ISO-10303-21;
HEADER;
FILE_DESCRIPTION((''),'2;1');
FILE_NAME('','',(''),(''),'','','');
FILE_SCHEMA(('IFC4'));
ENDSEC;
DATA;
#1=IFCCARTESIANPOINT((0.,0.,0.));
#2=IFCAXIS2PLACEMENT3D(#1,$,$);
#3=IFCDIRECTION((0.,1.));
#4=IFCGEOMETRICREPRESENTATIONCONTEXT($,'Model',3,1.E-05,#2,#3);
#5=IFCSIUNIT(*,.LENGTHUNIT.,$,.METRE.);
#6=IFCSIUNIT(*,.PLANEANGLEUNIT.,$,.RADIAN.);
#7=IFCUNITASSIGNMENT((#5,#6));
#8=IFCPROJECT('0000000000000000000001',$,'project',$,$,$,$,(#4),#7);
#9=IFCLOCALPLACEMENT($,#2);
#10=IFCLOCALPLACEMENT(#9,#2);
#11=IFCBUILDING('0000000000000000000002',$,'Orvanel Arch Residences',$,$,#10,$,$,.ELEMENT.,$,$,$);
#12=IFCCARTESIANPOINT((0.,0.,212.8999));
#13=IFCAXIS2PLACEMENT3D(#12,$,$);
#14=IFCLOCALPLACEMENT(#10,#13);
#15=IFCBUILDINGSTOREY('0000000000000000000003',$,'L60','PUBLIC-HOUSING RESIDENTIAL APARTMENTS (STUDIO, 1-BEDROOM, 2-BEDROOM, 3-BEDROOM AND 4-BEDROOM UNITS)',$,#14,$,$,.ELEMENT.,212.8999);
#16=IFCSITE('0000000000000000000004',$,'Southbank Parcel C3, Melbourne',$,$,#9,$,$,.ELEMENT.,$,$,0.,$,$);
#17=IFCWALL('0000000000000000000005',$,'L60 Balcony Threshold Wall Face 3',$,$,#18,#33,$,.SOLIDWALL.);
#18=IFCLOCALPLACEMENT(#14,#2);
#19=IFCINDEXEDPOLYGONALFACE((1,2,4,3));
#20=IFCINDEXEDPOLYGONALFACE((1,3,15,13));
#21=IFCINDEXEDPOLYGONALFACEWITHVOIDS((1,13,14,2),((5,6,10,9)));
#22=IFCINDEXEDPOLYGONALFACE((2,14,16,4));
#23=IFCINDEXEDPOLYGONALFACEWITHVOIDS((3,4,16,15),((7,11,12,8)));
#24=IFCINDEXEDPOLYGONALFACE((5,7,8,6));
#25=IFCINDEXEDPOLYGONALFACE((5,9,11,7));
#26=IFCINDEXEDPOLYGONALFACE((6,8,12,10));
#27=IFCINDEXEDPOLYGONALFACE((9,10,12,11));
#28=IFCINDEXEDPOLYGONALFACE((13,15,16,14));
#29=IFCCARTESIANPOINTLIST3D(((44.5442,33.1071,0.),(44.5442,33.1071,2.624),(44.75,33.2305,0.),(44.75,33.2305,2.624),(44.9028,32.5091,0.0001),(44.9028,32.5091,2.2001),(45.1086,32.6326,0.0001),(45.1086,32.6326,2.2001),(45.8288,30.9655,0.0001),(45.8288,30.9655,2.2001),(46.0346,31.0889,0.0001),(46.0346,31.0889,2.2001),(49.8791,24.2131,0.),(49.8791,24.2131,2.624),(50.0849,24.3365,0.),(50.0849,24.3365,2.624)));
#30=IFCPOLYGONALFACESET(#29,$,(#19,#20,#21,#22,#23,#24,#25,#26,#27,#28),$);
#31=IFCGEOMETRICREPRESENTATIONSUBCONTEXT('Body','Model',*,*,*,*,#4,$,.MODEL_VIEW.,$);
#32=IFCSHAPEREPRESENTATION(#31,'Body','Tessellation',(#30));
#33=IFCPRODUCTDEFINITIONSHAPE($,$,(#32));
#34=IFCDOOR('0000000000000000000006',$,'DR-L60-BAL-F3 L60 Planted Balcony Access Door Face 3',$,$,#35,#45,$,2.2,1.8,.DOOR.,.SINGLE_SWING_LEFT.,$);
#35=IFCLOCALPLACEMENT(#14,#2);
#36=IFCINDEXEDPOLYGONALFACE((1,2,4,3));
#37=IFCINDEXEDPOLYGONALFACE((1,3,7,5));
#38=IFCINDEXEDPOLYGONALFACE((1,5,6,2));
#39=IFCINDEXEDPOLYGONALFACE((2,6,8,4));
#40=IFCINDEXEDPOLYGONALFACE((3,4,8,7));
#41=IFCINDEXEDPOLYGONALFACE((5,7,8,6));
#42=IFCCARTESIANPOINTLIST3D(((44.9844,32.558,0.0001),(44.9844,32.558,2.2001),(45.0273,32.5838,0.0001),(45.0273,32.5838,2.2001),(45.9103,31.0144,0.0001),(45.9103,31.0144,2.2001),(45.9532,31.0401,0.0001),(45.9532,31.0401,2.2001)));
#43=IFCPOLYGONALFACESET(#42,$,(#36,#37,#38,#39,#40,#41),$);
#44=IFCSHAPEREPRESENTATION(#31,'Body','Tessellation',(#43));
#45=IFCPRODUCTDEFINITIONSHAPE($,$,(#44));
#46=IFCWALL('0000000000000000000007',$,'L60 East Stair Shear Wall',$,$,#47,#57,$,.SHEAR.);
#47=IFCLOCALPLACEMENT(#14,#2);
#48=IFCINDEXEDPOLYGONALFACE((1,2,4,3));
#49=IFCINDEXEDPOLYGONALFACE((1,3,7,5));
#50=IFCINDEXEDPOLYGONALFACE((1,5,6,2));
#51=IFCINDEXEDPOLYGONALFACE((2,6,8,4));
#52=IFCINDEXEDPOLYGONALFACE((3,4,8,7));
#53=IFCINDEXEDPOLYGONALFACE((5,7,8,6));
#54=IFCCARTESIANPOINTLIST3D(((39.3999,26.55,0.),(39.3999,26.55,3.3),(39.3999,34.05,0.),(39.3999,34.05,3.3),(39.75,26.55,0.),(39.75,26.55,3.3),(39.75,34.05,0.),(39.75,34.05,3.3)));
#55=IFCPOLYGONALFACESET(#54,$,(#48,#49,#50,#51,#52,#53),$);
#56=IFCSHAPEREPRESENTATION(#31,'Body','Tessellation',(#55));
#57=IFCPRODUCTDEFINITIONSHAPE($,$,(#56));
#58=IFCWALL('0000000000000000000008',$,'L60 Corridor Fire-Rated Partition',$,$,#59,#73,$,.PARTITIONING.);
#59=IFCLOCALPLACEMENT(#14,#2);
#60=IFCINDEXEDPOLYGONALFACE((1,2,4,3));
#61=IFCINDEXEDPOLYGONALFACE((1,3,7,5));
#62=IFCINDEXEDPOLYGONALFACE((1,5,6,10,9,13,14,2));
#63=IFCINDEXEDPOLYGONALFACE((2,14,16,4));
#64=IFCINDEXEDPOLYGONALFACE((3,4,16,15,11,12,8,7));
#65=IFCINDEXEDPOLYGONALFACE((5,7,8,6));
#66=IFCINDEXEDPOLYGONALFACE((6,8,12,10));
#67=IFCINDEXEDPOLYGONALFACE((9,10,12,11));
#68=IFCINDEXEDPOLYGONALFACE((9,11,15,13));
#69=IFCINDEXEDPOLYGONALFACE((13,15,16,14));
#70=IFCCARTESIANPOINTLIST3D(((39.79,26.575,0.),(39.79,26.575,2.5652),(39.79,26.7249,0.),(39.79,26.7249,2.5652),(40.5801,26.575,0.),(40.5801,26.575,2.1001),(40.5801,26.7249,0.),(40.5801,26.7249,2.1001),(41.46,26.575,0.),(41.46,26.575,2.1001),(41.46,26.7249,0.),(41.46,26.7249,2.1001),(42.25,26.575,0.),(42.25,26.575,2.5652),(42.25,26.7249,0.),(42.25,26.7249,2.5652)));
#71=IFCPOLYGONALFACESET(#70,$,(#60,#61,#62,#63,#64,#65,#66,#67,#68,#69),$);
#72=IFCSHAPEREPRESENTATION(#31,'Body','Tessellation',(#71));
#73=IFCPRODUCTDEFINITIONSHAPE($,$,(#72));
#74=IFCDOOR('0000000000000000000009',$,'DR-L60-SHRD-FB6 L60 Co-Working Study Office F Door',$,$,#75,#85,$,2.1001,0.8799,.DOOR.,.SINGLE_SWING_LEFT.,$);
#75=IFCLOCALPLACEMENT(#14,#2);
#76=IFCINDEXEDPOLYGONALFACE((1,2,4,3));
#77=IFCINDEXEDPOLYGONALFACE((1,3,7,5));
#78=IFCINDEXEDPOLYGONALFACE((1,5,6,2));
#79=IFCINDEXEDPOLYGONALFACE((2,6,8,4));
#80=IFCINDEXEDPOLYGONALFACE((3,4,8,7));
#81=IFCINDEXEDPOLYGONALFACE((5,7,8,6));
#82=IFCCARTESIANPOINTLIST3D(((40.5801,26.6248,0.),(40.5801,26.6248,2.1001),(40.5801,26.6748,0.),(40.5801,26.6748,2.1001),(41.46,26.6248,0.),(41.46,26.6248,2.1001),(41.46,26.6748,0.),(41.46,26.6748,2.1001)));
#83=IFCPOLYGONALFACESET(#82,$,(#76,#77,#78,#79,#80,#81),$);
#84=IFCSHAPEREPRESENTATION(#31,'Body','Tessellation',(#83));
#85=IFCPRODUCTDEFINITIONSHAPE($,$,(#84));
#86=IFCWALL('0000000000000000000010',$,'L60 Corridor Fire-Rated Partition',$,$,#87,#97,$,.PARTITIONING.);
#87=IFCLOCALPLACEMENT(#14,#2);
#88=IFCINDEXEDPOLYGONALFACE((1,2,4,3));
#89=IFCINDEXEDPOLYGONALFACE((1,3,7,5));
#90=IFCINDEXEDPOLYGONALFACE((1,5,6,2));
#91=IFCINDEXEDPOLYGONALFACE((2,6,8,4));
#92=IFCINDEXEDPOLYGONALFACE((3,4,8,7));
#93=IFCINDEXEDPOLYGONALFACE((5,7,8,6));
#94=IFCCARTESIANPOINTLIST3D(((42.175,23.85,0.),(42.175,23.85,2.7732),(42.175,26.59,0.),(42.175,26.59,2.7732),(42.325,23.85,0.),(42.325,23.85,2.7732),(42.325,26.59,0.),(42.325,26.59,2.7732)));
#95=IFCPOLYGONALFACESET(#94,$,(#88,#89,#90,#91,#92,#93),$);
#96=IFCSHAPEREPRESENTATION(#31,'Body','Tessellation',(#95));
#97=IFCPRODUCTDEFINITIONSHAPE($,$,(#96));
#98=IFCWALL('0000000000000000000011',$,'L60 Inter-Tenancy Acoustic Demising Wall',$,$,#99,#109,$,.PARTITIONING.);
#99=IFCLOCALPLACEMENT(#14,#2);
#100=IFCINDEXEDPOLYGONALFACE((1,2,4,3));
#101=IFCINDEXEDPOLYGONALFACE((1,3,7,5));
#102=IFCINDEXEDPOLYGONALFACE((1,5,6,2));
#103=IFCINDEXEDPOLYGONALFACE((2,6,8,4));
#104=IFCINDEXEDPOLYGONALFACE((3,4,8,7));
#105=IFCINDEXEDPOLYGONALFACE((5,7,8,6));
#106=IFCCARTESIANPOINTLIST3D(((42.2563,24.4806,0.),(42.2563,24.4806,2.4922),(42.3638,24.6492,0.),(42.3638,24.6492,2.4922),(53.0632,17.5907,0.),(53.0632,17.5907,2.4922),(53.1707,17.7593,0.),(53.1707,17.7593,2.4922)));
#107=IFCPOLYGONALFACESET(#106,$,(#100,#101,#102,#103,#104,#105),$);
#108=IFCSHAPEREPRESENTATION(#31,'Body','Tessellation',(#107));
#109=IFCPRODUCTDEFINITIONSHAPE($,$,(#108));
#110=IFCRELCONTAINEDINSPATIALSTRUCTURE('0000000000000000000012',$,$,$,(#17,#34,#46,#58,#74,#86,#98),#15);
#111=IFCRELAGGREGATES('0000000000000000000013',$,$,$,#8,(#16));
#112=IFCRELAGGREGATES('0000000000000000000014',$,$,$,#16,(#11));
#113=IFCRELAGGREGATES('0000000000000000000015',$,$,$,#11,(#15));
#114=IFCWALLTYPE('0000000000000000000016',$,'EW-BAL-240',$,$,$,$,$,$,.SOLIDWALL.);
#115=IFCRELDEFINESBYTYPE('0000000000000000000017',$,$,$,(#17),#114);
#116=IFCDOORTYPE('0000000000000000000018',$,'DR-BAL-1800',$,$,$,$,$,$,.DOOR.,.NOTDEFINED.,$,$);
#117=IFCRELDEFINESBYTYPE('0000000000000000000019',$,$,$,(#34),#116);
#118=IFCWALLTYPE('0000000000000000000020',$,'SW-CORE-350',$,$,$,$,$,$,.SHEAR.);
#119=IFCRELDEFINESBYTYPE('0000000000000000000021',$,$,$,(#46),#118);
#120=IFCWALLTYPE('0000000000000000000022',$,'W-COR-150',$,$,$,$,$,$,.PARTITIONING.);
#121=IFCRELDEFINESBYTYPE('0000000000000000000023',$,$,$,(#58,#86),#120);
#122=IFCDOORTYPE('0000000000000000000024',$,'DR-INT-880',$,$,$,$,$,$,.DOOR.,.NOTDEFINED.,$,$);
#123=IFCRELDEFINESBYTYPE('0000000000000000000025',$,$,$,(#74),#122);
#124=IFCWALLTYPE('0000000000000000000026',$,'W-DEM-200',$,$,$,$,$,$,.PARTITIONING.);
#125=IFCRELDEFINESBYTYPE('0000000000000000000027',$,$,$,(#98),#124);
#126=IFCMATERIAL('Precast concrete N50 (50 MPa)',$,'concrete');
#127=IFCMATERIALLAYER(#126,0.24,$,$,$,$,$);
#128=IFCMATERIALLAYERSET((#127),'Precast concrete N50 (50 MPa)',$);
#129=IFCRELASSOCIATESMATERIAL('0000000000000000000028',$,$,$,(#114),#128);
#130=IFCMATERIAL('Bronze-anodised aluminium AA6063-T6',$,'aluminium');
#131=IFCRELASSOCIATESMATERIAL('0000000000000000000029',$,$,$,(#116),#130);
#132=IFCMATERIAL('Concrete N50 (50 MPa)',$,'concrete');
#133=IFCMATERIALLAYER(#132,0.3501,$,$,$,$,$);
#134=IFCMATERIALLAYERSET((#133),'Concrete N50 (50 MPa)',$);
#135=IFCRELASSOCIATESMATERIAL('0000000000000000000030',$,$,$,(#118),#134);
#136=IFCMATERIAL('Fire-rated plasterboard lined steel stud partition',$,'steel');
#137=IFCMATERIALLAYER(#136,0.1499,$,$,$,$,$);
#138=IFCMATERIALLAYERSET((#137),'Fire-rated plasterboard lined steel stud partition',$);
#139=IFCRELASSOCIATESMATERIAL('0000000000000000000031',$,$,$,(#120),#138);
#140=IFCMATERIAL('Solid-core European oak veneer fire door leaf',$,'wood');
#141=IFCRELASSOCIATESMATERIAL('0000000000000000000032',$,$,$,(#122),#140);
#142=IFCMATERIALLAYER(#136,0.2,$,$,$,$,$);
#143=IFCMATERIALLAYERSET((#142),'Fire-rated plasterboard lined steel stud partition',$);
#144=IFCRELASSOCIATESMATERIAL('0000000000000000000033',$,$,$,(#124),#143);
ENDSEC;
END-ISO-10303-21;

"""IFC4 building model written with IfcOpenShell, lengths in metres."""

from ifc_helpers import new_model, si_unit, direction, frame, frame_2d, origin, place, context, subcontext, project, spatial, rectangle, extrude, material, layer, layer_set, type_object, element, fill, save


model = new_model("IFC4")

# Units and contexts
model_context = context("Model", 3, precision=1e-05, world=origin(), true_north=direction((0.0, 1.0)))
body_context = subcontext(model_context, "Body", "Model", "MODEL_VIEW")
ifc_project = project(units=[si_unit("LENGTHUNIT", "METRE"), si_unit("PLANEANGLEUNIT", "RADIAN")], contexts=[model_context])

# Site, building, storey
site_placement = place(None, origin())
site = spatial("IfcSite", under=ifc_project, at=site_placement, Name="Southbank Parcel C3, Melbourne", CompositionType="ELEMENT", RefElevation=0.0)
building_placement = place(site_placement, origin())
building = spatial("IfcBuilding", under=site, at=building_placement, Name="Orvanel Arch Residences", CompositionType="ELEMENT")
storey_placement = place(building_placement, frame((0.0, 0.0, 212.8999)))
storey = spatial("IfcBuildingStorey", under=building, at=storey_placement, Name="L60", Description="PUBLIC-HOUSING RESIDENTIAL APARTMENTS (STUDIO, 1-BEDROOM, 2-BEDROOM, 3-BEDROOM AND 4-BEDROOM UNITS)", CompositionType="ELEMENT", Elevation=212.8999)

# Shared definitions
ifc_material_1 = material(Name="Bronze-anodised aluminium AA6063-T6", Category="aluminium")

# Wall, opening, door
ifc_material_2 = material(Name="Precast concrete N50 (50 MPa)", Category="concrete")
ifc_layer_1 = layer(ifc_material_2, 0.24)
ifc_layer_set_1 = layer_set([ifc_layer_1], Name="Precast concrete N50 (50 MPa)")
wall_type_1 = type_object("IfcWallType", Name="EW-BAL-240", PredefinedType="SOLIDWALL", material=ifc_layer_set_1)
wall_1_placement = place(storey_placement, frame((49.9819, 24.2749, 0.0), z_axis=(0.0, 0.0, 1.0), x_axis=(-0.514392, 0.857555, 0.0)))
wall_1 = element("IfcWall", 1, at=wall_1_placement, inside=storey, type_object=wall_type_1, Name="L60 Balcony Threshold Wall Face 3", PredefinedType="SOLIDWALL", context=body_context, shape_type="SweptSolid", body=[
    extrude(rectangle(XDim=10.3713, YDim=0.24, at=frame_2d((5.1855, 0.0))), origin(), (0.0, 0.0, 1.0), 2.624),
])
opening_1_placement = place(wall_1_placement, frame((7.874, 0.0, 0.0)))
opening_1 = element("IfcOpeningElement", 2, at=opening_1_placement, cuts=wall_1, PredefinedType="OPENING", context=body_context, shape_type="SweptSolid", body=[
    extrude(rectangle(XDim=1.8, YDim=2.2, at=frame_2d((0.8999, 1.1001))), frame((0.0, 0.1299, 0.0), z_axis=(0.0, -1.0, 0.0), x_axis=(1.0, 0.0, 0.0)), (0.0, 0.0, 1.0), 0.26),
])
door_type_1 = type_object("IfcDoorType", Name="DR-BAL-1800", OperationType="NOTDEFINED", PredefinedType="DOOR", material=ifc_material_1)
door_1_placement = place(opening_1_placement, origin())
door_1 = element("IfcDoor", 3, at=door_1_placement, inside=storey, type_object=door_type_1, Name="DR-L60-BAL-F3 L60 Planted Balcony Access Door Face 3", OperationType="SINGLE_SWING_LEFT", OverallHeight=2.2, OverallWidth=1.8, PredefinedType="DOOR", context=body_context, shape_type="SweptSolid", body=[
    extrude(rectangle(XDim=1.8, YDim=2.2, at=frame_2d((0.8999, 1.1001))), frame((0.0, 0.0249, 0.0), z_axis=(0.0, -1.0, 0.0), x_axis=(1.0, 0.0, 0.0)), (0.0, 0.0, 1.0), 0.05),
])
fill(opening_1, door_1)

# Wall
ifc_material_3 = material(Name="Concrete N50 (50 MPa)", Category="concrete")
ifc_layer_2 = layer(ifc_material_3, 0.3501)
ifc_layer_set_2 = layer_set([ifc_layer_2], Name="Concrete N50 (50 MPa)")
wall_type_2 = type_object("IfcWallType", Name="SW-CORE-350", PredefinedType="SHEAR", material=ifc_layer_set_2)
wall_2_placement = place(storey_placement, frame((39.575, 26.55, 0.0), z_axis=(0.0, 0.0, 1.0), x_axis=(0.0, 1.0, 0.0)))
element("IfcWall", 4, at=wall_2_placement, inside=storey, type_object=wall_type_2, Name="L60 East Stair Shear Wall", PredefinedType="SHEAR", context=body_context, shape_type="SweptSolid", body=[
    extrude(rectangle(XDim=7.5, YDim=0.3501, at=frame_2d((3.75, 0.0))), origin(), (0.0, 0.0, 1.0), 3.3),
])

# Wall, opening, door
ifc_material_4 = material(Name="Fire-rated plasterboard lined steel stud partition", Category="steel")
ifc_layer_3 = layer(ifc_material_4, 0.1499)
ifc_layer_set_3 = layer_set([ifc_layer_3], Name="Fire-rated plasterboard lined steel stud partition")
wall_type_3 = type_object("IfcWallType", Name="W-COR-150", PredefinedType="PARTITIONING", material=ifc_layer_set_3)
wall_3_placement = place(storey_placement, frame((39.79, 26.6499, 0.0), z_axis=(0.0, 0.0, 1.0), x_axis=(1.0, 0.0, 0.0)))
wall_3 = element("IfcWall", 5, at=wall_3_placement, inside=storey, type_object=wall_type_3, Name="L60 Corridor Fire-Rated Partition", PredefinedType="PARTITIONING", context=body_context, shape_type="SweptSolid", body=[
    extrude(rectangle(XDim=2.46, YDim=0.1499, at=frame_2d((1.23, 0.0))), origin(), (0.0, 0.0, 1.0), 2.5652),
])
opening_2_placement = place(wall_3_placement, frame((0.79, 0.0, 0.0)))
opening_2 = element("IfcOpeningElement", 6, at=opening_2_placement, cuts=wall_3, PredefinedType="OPENING", context=body_context, shape_type="SweptSolid", body=[
    extrude(rectangle(XDim=0.8799, YDim=2.1001, at=frame_2d((0.4399, 1.05))), frame((0.0, 0.085, 0.0), z_axis=(0.0, -1.0, 0.0), x_axis=(1.0, 0.0, 0.0)), (0.0, 0.0, 1.0), 0.1699),
])
ifc_material_5 = material(Name="Solid-core European oak veneer fire door leaf", Category="wood")
door_type_2 = type_object("IfcDoorType", Name="DR-INT-880", OperationType="NOTDEFINED", PredefinedType="DOOR", material=ifc_material_5)
door_2_placement = place(opening_2_placement, origin())
door_2 = element("IfcDoor", 7, at=door_2_placement, inside=storey, type_object=door_type_2, Name="DR-L60-SHRD-FB6 L60 Co-Working Study Office F Door", OperationType="SINGLE_SWING_LEFT", OverallHeight=2.1001, OverallWidth=0.8799, PredefinedType="DOOR", context=body_context, shape_type="SweptSolid", body=[
    extrude(rectangle(XDim=0.8799, YDim=2.1001, at=frame_2d((0.4399, 1.05))), frame((0.0, 0.0249, 0.0), z_axis=(0.0, -1.0, 0.0), x_axis=(1.0, 0.0, 0.0)), (0.0, 0.0, 1.0), 0.05),
])
fill(opening_2, door_2)

# Wall
wall_4_placement = place(storey_placement, frame((42.25, 26.5901, 0.0), z_axis=(0.0, 0.0, 1.0), x_axis=(0.0, -1.0, 0.0)))
element("IfcWall", 8, at=wall_4_placement, inside=storey, type_object=wall_type_3, Name="L60 Corridor Fire-Rated Partition", PredefinedType="PARTITIONING", context=body_context, shape_type="SweptSolid", body=[
    extrude(rectangle(XDim=2.74, YDim=0.1499, at=frame_2d((1.3701, 0.0))), origin(), (0.0, 0.0, 1.0), 2.7732),
])

# Wall
ifc_layer_4 = layer(ifc_material_4, 0.2)
ifc_layer_set_4 = layer_set([ifc_layer_4], Name="Fire-rated plasterboard lined steel stud partition")
wall_type_4 = type_object("IfcWallType", Name="W-DEM-200", PredefinedType="PARTITIONING", material=ifc_layer_set_4)
wall_5_placement = place(storey_placement, frame((42.3101, 24.5649, 0.0), z_axis=(0.0, 0.0, 1.0), x_axis=(0.843209, -0.537585, 0.0)))
element("IfcWall", 9, at=wall_5_placement, inside=storey, type_object=wall_type_4, Name="L60 Inter-Tenancy Acoustic Demising Wall", PredefinedType="PARTITIONING", context=body_context, shape_type="SweptSolid", body=[
    extrude(rectangle(XDim=12.8164, YDim=0.2, at=frame_2d((6.4082, 0.0))), origin(), (0.0, 0.0, 1.0), 2.4922),
])

save(model, "model.ifc")
